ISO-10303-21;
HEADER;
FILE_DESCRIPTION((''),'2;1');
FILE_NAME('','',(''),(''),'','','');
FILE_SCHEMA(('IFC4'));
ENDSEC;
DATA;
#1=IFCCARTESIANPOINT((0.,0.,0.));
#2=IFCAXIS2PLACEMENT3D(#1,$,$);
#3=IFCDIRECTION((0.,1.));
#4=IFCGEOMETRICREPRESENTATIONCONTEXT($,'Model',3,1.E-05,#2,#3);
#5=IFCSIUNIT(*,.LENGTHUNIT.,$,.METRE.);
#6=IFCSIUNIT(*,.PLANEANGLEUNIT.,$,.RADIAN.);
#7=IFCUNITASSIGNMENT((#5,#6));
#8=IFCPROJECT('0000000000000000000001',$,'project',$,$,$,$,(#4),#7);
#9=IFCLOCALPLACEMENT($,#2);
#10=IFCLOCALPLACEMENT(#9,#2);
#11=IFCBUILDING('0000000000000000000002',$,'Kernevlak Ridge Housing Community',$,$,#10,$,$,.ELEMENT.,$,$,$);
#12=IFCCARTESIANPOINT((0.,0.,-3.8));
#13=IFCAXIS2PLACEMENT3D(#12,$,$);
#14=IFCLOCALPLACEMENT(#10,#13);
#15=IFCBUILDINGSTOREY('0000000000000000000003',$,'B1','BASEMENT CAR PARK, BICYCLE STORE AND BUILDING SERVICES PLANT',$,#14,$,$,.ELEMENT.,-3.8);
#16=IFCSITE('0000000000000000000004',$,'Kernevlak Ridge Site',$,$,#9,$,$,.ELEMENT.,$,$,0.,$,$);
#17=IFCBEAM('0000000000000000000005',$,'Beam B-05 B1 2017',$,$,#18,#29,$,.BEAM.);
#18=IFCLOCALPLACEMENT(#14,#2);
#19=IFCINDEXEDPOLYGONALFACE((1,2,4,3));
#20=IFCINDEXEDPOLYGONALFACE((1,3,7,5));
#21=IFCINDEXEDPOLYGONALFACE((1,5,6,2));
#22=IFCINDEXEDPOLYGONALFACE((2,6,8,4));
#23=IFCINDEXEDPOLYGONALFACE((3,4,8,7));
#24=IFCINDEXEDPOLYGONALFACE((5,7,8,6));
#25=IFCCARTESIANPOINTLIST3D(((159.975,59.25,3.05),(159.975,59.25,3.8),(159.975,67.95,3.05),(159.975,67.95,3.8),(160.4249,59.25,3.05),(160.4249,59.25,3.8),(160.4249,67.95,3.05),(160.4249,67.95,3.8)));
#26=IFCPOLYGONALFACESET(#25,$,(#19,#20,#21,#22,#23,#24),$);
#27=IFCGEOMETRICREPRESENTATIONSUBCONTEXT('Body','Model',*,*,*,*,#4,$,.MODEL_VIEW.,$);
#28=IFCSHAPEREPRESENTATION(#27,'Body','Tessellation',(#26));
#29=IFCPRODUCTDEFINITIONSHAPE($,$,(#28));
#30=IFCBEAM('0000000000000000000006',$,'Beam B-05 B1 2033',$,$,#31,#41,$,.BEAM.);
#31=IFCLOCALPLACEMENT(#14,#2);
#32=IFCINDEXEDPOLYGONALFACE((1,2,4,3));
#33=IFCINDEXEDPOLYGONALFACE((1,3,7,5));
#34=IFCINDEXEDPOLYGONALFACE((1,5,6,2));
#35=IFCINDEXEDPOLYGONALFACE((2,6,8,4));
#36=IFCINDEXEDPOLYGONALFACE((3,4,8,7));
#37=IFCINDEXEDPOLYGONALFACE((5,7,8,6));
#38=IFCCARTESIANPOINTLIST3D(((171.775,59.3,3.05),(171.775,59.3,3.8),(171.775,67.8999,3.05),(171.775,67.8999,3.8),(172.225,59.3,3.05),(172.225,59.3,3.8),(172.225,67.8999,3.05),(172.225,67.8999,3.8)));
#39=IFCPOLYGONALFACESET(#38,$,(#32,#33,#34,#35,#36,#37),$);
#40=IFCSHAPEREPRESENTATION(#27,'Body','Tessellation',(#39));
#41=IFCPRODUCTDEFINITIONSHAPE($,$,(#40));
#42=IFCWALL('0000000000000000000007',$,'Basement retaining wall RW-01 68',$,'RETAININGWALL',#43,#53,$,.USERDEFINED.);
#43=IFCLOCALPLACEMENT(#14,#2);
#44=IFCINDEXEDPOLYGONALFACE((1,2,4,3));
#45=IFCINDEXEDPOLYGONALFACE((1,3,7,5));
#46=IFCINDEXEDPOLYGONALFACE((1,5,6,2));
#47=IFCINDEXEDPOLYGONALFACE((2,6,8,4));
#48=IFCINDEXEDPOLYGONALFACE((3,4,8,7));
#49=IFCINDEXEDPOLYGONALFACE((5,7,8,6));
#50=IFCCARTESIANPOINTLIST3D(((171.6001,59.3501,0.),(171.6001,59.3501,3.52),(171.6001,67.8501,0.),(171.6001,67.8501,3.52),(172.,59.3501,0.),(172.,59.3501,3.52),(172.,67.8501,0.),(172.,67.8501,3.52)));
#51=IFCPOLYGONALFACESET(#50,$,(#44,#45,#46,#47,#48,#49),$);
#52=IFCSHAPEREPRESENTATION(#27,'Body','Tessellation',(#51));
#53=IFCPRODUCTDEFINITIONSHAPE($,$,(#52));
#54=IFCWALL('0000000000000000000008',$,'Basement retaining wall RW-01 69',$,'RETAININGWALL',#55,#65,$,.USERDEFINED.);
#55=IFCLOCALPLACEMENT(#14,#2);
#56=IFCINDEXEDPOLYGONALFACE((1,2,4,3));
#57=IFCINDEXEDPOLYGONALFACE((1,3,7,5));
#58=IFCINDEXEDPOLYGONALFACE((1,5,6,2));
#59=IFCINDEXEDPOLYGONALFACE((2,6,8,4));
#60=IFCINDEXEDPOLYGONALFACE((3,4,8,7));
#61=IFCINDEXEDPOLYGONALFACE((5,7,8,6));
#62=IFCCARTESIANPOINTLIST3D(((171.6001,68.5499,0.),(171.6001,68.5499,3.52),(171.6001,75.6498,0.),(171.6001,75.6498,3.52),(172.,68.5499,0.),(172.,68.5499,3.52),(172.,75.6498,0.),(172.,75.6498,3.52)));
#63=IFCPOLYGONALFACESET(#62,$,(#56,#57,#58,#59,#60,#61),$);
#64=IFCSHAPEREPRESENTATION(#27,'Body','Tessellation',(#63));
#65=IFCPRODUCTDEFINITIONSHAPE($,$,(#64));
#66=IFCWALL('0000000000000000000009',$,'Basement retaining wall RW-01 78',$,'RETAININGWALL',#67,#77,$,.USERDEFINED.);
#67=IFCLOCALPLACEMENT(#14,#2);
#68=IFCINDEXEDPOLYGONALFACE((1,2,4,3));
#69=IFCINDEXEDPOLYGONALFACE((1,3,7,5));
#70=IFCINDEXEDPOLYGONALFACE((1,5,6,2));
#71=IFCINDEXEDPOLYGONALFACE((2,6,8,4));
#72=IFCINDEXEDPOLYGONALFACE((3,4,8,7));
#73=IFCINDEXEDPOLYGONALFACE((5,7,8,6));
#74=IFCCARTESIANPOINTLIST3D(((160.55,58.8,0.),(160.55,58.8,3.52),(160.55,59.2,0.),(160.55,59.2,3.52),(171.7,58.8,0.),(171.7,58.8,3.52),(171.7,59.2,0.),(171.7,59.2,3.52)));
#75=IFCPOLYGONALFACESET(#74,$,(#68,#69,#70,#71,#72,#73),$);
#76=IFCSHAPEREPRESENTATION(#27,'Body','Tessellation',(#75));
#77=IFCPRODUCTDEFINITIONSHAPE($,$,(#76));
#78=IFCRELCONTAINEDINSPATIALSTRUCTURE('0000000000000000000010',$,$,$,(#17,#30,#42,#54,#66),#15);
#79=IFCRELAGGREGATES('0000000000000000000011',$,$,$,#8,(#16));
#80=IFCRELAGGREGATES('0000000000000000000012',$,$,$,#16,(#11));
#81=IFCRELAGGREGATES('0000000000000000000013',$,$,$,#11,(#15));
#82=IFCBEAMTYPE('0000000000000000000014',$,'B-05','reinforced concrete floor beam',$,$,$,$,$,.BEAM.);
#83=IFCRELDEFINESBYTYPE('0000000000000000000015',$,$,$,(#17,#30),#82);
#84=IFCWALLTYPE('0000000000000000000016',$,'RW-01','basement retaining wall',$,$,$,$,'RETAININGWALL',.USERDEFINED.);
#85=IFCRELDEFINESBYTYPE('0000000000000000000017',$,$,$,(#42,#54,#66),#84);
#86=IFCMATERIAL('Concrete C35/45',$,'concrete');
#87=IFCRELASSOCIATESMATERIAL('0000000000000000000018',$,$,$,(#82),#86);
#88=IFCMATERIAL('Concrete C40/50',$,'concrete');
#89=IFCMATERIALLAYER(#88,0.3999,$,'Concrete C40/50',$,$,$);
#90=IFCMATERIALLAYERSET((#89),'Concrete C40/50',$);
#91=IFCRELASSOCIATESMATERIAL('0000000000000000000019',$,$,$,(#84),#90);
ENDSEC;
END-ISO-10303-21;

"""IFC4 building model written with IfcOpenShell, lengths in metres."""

from ifc_helpers import new_model, si_unit, direction, frame, frame_2d, origin, origin_2d, place, context, subcontext, project, spatial, rectangle, extrude, material, layer, layer_set, material_profile, profile_set, type_object, element, save


model = new_model("IFC4")

# Units and contexts
model_context = context("Model", 3, precision=1e-05, world=origin(), true_north=direction((0.0, 1.0)))
body_context = subcontext(model_context, "Body", "Model", "MODEL_VIEW")
ifc_project = project(units=[si_unit("LENGTHUNIT", "METRE"), si_unit("PLANEANGLEUNIT", "RADIAN")], contexts=[model_context])

# Site, building, storey
site_placement = place(None, origin())
site = spatial("IfcSite", under=ifc_project, at=site_placement, Name="Kernevlak Ridge Site", CompositionType="ELEMENT", RefElevation=0.0)
building_placement = place(site_placement, origin())
building = spatial("IfcBuilding", under=site, at=building_placement, Name="Kernevlak Ridge Housing Community", CompositionType="ELEMENT")
storey_placement = place(building_placement, frame((0.0, 0.0, -3.8)))
storey = spatial("IfcBuildingStorey", under=building, at=storey_placement, Name="B1", Description="BASEMENT CAR PARK, BICYCLE STORE AND BUILDING SERVICES PLANT", CompositionType="ELEMENT", Elevation=-3.8)

# Shared definitions
ifc_material_1 = material(Name="Concrete C35/45", Category="concrete")

# Shared definitions
ifc_material_2 = material(Name="Concrete C40/50", Category="concrete")

# Beams
ifc_material_profile_1 = material_profile(ifc_material_1, rectangle(XDim=0.45, YDim=0.75, at=origin_2d()), Name="RC 450x750")
ifc_profile_set_1 = profile_set([ifc_material_profile_1], Name="Concrete C35/45")
beam_type_1 = type_object("IfcBeamType", Name="B-05", Description="reinforced concrete floor beam", PredefinedType="BEAM", material=ifc_profile_set_1)
for number, where, z_axis, x_axis, name in (
    (1, (160.2, 59.25, 3.425), (0.0, 1.0, 0.0), (-1.0, 0.0, 0.0), "Beam B-05 B1 2017"),
):
    element("IfcBeam", number, at=place(storey_placement, frame(where, z_axis=z_axis, x_axis=x_axis)), inside=storey, type_object=beam_type_1, Name=name, PredefinedType="BEAM", context=body_context, shape_type="SweptSolid", body=[
        extrude(rectangle(XDim=0.45, YDim=0.75, at=origin_2d()), origin(), (0.0, 0.0, 1.0), 8.7),
    ])
beam_1_placement = place(storey_placement, frame((172.0, 59.3, 3.425), z_axis=(0.0, 1.0, 0.0), x_axis=(-1.0, 0.0, 0.0)))
element("IfcBeam", 2, at=beam_1_placement, inside=storey, type_object=beam_type_1, Name="Beam B-05 B1 2033", PredefinedType="BEAM", context=body_context, shape_type="SweptSolid", body=[
    extrude(rectangle(XDim=0.45, YDim=0.75, at=origin_2d()), origin(), (0.0, 0.0, 1.0), 8.5999),
])

# Walls
ifc_layer = layer(ifc_material_2, 0.3999, Name="Concrete C40/50")
ifc_layer_set = layer_set([ifc_layer], Name="Concrete C40/50")
wall_type = type_object("IfcWallType", Name="RW-01", Description="basement retaining wall", ElementType="RETAININGWALL", PredefinedType="USERDEFINED", material=ifc_layer_set)
wall_1_placement = place(storey_placement, frame((171.8, 59.3501, 0.0), z_axis=(0.0, 0.0, 1.0), x_axis=(0.0, 1.0, 0.0)))
element("IfcWall", 3, at=wall_1_placement, inside=storey, type_object=wall_type, Name="Basement retaining wall RW-01 68", ObjectType="RETAININGWALL", PredefinedType="USERDEFINED", context=body_context, shape_type="SweptSolid", body=[
    extrude(rectangle(XDim=8.5, YDim=0.3999, at=frame_2d((4.25, 0.0))), origin(), (0.0, 0.0, 1.0), 3.52),
])
wall_2_placement = place(storey_placement, frame((171.8, 68.55, 0.0), z_axis=(0.0, 0.0, 1.0), x_axis=(0.0, 1.0, 0.0)))
element("IfcWall", 4, at=wall_2_placement, inside=storey, type_object=wall_type, Name="Basement retaining wall RW-01 69", ObjectType="RETAININGWALL", PredefinedType="USERDEFINED", context=body_context, shape_type="SweptSolid", body=[
    extrude(rectangle(XDim=7.0999, YDim=0.3999, at=frame_2d((3.5498, 0.0))), origin(), (0.0, 0.0, 1.0), 3.52),
])
wall_3_placement = place(storey_placement, frame((160.55, 59.0, 0.0), z_axis=(0.0, 0.0, 1.0), x_axis=(1.0, 0.0, 0.0)))
element("IfcWall", 5, at=wall_3_placement, inside=storey, type_object=wall_type, Name="Basement retaining wall RW-01 78", ObjectType="RETAININGWALL", PredefinedType="USERDEFINED", context=body_context, shape_type="SweptSolid", body=[
    extrude(rectangle(XDim=11.1499, YDim=0.3999, at=frame_2d((5.575, 0.0))), origin(), (0.0, 0.0, 1.0), 3.52),
])

save(model, "model.ifc")
